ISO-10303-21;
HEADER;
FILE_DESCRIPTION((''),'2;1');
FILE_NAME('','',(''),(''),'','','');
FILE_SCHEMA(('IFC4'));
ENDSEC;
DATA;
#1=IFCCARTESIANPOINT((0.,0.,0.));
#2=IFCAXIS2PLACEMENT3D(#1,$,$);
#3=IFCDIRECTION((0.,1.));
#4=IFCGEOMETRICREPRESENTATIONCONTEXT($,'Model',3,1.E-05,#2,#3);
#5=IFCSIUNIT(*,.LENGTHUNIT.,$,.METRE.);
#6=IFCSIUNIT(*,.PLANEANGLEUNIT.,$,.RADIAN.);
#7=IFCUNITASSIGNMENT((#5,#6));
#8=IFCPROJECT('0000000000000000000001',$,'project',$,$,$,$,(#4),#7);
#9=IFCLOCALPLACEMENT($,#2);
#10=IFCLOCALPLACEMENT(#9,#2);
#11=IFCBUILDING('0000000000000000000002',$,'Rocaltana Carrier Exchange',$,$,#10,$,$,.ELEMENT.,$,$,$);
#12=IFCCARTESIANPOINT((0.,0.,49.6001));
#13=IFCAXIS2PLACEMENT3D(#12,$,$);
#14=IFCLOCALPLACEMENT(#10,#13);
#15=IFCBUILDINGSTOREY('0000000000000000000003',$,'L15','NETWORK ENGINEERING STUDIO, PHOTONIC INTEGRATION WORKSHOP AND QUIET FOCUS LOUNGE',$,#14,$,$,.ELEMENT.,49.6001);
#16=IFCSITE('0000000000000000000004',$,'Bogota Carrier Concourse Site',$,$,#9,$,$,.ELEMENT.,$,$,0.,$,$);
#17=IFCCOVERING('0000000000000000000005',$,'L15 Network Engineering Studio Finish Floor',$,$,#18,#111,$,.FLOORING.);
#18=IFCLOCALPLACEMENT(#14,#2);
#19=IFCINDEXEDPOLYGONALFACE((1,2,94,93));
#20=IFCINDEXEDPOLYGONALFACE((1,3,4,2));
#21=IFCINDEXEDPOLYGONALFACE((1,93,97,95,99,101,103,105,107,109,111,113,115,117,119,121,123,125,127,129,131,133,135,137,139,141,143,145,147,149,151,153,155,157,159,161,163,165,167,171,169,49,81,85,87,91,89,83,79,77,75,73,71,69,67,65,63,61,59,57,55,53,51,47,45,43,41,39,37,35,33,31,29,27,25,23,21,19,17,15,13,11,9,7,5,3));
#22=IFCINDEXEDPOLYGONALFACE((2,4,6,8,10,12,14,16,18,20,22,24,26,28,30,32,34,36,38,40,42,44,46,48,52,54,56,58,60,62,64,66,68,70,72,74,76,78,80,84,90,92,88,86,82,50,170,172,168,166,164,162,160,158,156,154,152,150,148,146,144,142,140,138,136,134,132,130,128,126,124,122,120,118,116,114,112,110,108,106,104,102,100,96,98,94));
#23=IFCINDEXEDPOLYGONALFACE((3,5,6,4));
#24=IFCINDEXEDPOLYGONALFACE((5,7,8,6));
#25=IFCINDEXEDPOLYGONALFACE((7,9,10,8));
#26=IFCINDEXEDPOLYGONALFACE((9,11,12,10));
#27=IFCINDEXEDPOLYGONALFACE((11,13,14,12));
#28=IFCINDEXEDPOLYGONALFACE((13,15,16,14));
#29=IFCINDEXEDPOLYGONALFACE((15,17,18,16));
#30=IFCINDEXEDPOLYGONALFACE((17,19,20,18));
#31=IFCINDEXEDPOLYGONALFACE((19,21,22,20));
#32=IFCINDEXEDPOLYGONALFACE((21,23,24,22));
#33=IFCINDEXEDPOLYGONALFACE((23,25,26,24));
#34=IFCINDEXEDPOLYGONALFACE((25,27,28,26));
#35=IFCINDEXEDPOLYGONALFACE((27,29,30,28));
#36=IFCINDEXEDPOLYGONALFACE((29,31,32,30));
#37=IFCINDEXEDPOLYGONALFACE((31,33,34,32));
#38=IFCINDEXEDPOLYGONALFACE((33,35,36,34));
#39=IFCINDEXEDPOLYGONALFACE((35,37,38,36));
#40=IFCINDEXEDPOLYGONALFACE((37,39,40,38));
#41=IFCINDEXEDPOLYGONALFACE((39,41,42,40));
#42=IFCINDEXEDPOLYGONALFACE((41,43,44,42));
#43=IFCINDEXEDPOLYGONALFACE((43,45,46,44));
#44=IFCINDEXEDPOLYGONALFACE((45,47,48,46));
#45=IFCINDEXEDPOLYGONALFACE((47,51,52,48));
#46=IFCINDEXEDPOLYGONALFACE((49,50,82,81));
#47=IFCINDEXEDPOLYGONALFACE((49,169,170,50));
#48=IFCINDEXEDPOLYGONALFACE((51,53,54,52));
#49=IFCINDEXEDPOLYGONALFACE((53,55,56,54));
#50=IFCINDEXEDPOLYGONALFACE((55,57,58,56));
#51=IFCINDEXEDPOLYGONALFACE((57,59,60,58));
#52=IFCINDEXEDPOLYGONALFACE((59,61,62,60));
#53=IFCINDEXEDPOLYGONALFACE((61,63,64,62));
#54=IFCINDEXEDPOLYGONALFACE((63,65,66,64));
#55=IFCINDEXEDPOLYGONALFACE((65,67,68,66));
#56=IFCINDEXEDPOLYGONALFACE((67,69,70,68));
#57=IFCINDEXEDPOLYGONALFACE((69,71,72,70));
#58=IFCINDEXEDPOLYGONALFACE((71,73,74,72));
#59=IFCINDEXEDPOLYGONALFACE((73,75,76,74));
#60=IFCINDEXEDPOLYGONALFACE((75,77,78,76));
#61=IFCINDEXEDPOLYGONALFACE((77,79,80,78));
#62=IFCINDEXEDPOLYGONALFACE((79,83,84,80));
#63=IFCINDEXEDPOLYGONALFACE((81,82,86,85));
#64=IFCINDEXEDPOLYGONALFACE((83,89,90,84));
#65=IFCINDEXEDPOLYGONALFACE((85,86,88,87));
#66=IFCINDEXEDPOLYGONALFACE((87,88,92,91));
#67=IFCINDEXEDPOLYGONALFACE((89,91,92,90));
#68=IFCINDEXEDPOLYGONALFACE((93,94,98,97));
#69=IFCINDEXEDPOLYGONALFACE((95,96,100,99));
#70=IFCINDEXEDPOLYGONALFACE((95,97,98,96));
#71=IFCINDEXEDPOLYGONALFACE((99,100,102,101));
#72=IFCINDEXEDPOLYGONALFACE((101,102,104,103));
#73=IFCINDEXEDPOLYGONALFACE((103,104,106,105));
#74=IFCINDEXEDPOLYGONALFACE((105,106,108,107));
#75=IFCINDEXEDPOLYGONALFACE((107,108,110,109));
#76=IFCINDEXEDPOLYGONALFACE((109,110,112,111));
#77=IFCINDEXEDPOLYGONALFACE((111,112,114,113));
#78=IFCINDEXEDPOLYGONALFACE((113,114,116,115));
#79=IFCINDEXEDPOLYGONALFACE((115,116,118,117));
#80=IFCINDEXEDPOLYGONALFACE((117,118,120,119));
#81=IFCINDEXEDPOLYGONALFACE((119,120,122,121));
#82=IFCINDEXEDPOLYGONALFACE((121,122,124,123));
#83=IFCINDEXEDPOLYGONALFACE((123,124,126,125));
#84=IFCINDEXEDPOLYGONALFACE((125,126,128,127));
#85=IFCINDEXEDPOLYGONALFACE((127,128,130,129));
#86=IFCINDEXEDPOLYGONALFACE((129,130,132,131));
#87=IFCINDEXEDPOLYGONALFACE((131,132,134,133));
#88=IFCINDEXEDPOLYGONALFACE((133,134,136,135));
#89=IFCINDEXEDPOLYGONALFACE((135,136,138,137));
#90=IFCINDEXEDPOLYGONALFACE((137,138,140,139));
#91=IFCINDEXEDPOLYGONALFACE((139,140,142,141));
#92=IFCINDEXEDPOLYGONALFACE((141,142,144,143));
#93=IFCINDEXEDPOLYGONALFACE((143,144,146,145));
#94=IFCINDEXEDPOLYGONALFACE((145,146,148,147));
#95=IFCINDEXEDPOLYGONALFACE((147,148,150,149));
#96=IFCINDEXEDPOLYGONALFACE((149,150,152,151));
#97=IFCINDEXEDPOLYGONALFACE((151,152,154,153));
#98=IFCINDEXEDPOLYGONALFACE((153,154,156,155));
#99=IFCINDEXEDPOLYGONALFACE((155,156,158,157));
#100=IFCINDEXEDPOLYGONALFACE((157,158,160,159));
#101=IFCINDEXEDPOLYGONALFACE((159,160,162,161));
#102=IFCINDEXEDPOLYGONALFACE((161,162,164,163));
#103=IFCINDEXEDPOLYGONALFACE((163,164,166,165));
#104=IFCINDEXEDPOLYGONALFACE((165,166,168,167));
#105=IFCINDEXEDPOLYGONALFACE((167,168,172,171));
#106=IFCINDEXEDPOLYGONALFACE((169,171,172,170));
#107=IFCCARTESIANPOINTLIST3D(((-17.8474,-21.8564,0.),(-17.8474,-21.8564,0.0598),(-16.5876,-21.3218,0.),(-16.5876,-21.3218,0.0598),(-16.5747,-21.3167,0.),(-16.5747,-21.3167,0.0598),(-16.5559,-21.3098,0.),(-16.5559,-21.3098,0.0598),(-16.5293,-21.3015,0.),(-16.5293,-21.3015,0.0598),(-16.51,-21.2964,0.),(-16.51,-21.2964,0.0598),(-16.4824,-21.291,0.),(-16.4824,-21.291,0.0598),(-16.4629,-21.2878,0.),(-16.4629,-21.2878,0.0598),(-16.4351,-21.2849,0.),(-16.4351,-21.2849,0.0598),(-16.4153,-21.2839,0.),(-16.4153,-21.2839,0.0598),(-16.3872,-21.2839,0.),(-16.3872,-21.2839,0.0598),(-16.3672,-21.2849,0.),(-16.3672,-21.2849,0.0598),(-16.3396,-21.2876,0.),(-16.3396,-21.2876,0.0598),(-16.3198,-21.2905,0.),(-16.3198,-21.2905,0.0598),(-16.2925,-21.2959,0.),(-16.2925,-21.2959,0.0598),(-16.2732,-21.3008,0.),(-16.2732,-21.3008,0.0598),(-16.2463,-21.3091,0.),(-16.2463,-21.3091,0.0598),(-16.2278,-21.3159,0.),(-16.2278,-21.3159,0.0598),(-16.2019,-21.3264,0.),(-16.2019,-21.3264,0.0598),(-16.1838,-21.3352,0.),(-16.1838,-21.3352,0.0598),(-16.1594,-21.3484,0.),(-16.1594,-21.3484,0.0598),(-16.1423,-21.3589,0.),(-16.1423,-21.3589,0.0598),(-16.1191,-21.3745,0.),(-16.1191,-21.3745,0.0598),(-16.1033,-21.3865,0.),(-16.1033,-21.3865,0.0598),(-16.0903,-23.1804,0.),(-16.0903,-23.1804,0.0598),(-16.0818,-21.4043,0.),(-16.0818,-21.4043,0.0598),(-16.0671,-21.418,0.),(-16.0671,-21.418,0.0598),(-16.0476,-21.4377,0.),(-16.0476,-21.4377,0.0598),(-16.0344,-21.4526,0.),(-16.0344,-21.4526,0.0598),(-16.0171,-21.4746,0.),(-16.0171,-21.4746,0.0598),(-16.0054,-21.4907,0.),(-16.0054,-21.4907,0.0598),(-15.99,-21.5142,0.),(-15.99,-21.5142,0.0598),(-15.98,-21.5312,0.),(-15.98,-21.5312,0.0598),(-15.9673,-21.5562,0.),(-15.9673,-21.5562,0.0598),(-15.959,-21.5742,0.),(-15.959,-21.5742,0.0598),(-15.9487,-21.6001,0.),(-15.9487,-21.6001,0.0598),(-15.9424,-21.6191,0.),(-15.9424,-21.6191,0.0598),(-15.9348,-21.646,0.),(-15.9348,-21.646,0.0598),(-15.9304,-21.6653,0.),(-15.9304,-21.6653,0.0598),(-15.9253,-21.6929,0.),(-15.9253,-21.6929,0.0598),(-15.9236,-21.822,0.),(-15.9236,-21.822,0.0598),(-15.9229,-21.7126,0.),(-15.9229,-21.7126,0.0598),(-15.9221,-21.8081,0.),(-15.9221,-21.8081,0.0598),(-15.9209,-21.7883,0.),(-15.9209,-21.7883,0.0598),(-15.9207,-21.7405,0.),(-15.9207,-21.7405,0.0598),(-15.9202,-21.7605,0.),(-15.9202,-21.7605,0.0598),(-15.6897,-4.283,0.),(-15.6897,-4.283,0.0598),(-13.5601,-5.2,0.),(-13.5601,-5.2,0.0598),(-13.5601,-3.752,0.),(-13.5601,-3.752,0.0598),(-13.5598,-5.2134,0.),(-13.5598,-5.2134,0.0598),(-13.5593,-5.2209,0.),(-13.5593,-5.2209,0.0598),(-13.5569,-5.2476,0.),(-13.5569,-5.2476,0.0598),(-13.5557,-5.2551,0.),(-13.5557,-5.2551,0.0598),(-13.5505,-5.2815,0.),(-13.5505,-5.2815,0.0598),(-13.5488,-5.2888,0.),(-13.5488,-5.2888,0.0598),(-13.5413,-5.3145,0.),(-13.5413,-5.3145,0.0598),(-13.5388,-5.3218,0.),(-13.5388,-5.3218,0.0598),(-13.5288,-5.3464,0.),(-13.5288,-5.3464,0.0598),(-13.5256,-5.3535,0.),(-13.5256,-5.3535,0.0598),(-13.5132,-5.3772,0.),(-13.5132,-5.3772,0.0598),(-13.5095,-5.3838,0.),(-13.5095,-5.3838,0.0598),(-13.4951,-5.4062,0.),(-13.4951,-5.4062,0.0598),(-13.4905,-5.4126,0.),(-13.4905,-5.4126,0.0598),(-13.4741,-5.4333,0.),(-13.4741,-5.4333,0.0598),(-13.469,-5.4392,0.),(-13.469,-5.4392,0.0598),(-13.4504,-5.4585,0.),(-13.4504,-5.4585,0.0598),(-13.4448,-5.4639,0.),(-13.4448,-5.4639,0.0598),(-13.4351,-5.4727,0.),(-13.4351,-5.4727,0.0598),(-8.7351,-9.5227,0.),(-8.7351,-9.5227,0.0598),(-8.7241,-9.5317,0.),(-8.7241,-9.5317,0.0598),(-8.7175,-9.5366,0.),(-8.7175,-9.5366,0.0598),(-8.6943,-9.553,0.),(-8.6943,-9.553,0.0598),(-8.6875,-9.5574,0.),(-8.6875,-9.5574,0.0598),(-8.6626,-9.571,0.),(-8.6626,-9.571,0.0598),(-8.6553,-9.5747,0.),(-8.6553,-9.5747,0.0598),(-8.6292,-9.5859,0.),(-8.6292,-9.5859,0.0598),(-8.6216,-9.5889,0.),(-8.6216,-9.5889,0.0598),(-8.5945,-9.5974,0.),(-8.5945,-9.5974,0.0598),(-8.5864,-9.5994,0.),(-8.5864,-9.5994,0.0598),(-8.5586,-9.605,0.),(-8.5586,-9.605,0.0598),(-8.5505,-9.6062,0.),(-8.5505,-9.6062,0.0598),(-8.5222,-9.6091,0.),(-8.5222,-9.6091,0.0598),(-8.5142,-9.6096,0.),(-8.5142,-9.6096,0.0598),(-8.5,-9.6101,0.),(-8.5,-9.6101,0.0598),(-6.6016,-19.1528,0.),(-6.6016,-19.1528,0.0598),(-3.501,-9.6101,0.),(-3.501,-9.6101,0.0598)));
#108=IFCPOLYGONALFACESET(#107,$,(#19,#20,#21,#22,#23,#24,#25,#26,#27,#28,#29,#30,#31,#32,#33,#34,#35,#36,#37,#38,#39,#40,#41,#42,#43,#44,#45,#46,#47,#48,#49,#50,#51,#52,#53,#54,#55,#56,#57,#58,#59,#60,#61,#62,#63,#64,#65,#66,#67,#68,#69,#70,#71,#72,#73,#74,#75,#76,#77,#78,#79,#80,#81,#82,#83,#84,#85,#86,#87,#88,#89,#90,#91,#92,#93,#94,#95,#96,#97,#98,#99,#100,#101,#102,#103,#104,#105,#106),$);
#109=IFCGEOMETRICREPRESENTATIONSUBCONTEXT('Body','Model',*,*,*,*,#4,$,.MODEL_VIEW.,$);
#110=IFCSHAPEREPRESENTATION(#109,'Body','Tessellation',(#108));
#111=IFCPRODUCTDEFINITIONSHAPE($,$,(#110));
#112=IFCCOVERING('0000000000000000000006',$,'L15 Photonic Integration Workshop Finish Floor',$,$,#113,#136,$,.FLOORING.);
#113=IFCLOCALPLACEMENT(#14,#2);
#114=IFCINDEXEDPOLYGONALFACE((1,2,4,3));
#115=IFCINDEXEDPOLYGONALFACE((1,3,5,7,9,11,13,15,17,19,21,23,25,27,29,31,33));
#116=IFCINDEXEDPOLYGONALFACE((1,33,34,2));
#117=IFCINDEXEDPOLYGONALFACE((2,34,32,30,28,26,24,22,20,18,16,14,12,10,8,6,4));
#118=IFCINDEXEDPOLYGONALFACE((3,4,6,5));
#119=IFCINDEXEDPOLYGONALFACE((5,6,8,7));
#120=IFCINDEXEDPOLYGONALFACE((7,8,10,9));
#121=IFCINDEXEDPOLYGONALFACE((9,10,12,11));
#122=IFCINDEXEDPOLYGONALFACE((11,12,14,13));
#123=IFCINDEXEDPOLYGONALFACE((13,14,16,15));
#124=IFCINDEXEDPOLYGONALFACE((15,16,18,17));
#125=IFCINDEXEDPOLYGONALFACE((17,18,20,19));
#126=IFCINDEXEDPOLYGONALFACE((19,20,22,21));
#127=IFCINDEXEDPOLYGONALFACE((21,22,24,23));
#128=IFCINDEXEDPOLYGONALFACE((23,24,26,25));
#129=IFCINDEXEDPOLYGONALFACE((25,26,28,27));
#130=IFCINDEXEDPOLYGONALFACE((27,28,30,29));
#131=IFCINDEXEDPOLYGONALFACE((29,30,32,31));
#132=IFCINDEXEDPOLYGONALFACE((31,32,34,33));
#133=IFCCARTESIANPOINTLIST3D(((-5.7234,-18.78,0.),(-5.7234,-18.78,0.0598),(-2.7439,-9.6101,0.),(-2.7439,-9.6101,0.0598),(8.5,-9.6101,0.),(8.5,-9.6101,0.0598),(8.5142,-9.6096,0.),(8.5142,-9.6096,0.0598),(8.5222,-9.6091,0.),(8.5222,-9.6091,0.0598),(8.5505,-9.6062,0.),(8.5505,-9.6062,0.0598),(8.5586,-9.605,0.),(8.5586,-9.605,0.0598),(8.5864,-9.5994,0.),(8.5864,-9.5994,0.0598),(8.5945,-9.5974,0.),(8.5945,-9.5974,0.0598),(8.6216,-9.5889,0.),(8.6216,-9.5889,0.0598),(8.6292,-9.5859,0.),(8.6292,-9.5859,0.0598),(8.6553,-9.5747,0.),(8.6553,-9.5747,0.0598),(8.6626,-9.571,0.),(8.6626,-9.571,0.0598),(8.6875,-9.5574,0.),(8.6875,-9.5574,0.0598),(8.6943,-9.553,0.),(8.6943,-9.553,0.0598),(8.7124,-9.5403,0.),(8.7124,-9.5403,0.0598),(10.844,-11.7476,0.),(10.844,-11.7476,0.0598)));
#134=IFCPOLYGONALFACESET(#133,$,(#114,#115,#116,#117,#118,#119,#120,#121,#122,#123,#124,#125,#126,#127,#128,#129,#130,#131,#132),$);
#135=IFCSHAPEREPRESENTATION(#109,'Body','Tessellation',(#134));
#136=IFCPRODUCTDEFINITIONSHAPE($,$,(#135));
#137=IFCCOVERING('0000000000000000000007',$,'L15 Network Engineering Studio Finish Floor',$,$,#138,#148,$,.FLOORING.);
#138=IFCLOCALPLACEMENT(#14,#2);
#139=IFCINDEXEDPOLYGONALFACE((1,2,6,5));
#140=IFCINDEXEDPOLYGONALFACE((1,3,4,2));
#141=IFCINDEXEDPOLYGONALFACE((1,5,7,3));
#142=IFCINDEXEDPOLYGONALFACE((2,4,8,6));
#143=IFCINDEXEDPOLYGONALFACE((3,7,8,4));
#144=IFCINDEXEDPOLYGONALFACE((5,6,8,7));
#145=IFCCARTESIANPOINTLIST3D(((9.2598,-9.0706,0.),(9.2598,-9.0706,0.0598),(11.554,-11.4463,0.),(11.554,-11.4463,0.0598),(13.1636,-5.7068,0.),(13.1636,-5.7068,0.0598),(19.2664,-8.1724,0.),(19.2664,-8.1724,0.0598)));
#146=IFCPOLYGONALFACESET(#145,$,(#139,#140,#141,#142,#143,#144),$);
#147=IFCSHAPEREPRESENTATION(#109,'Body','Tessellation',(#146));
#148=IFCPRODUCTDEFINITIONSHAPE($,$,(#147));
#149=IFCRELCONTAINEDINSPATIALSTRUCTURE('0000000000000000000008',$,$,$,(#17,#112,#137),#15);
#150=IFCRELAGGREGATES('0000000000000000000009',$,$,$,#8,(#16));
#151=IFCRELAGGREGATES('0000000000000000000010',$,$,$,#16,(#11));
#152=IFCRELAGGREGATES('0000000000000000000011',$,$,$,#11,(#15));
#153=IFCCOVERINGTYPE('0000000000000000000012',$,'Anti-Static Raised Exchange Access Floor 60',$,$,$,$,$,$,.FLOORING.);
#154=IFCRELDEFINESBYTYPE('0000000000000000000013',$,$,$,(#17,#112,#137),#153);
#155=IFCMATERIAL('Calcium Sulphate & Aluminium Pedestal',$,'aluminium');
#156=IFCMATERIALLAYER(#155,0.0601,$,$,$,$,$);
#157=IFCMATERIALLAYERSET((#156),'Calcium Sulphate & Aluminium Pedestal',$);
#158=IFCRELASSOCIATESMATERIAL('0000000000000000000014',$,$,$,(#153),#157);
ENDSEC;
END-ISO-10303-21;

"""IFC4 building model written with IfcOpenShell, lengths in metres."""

from ifc_helpers import new_model, si_unit, direction, frame, origin, place, context, subcontext, project, spatial, polyline, outline, extrude, material, layer, layer_set, type_object, element, save


model = new_model("IFC4")

# Units and contexts
model_context = context("Model", 3, precision=1e-05, world=origin(), true_north=direction((0.0, 1.0)))
body_context = subcontext(model_context, "Body", "Model", "MODEL_VIEW")
ifc_project = project(units=[si_unit("LENGTHUNIT", "METRE"), si_unit("PLANEANGLEUNIT", "RADIAN")], contexts=[model_context])

# Site, building, storey
site_placement = place(None, origin())
site = spatial("IfcSite", under=ifc_project, at=site_placement, Name="Bogota Carrier Concourse Site", CompositionType="ELEMENT", RefElevation=0.0)
building_placement = place(site_placement, origin())
building = spatial("IfcBuilding", under=site, at=building_placement, Name="Rocaltana Carrier Exchange", CompositionType="ELEMENT")
storey_placement = place(building_placement, frame((0.0, 0.0, 49.6001)))
storey = spatial("IfcBuildingStorey", under=building, at=storey_placement, Name="L15", Description="NETWORK ENGINEERING STUDIO, PHOTONIC INTEGRATION WORKSHOP AND QUIET FOCUS LOUNGE", CompositionType="ELEMENT", Elevation=49.6001)

# Coverings
ifc_material_1 = material(Name="Calcium Sulphate & Aluminium Pedestal", Category="aluminium")
ifc_layer_1 = layer(ifc_material_1, 0.0601)
ifc_layer_set_1 = layer_set([ifc_layer_1], Name="Calcium Sulphate & Aluminium Pedestal")
covering_type_1 = type_object("IfcCoveringType", Name="Anti-Static Raised Exchange Access Floor 60", PredefinedType="FLOORING", material=ifc_layer_set_1)
covering_1_placement = place(storey_placement, origin())
element("IfcCovering", 1, at=covering_1_placement, inside=storey, type_object=covering_type_1, Name="L15 Network Engineering Studio Finish Floor", PredefinedType="FLOORING", context=body_context, shape_type="SweptSolid", body=[
    extrude(outline(polyline([(-15.9236, -21.822), (-15.9221, -21.8081), (-15.9209, -21.7883), (-15.9202, -21.7605), (-15.9207, -21.7405), (-15.9229, -21.7126), (-15.9253, -21.6929), (-15.9304, -21.6653), (-15.9348, -21.646), (-15.9424, -21.6191), (-15.9487, -21.6001), (-15.959, -21.5742), (-15.9673, -21.5562), (-15.98, -21.5312), (-15.99, -21.5142), (-16.0054, -21.4907), (-16.0171, -21.4746), (-16.0344, -21.4526), (-16.0476, -21.4377), (-16.0671, -21.418), (-16.0818, -21.4043), (-16.1033, -21.3865), (-16.1191, -21.3745), (-16.1423, -21.3589), (-16.1594, -21.3484), (-16.1838, -21.3352), (-16.2019, -21.3264), (-16.2278, -21.3159), (-16.2463, -21.3091), (-16.2732, -21.3008), (-16.2925, -21.2959), (-16.3198, -21.2905), (-16.3396, -21.2876), (-16.3672, -21.2849), (-16.3872, -21.2839), (-16.4153, -21.2839), (-16.4351, -21.2849), (-16.4629, -21.2878), (-16.4824, -21.291), (-16.51, -21.2964), (-16.5293, -21.3015), (-16.5559, -21.3098), (-16.5747, -21.3167), (-16.5876, -21.3218), (-17.8474, -21.8564), (-15.6897, -4.283), (-13.5601, -3.752), (-13.5601, -5.2), (-13.5598, -5.2134), (-13.5593, -5.2209), (-13.5569, -5.2476), (-13.5557, -5.2551), (-13.5505, -5.2815), (-13.5488, -5.2888), (-13.5413, -5.3145), (-13.5388, -5.3218), (-13.5288, -5.3464), (-13.5256, -5.3535), (-13.5132, -5.3772), (-13.5095, -5.3838), (-13.4951, -5.4062), (-13.4905, -5.4126), (-13.4741, -5.4333), (-13.469, -5.4392), (-13.4504, -5.4585), (-13.4448, -5.4639), (-13.4351, -5.4727), (-8.7351, -9.5227), (-8.7241, -9.5317), (-8.7175, -9.5366), (-8.6943, -9.553), (-8.6875, -9.5574), (-8.6626, -9.571), (-8.6553, -9.5747), (-8.6292, -9.5859), (-8.6216, -9.5889), (-8.5945, -9.5974), (-8.5864, -9.5994), (-8.5586, -9.605), (-8.5505, -9.6062), (-8.5222, -9.6091), (-8.5142, -9.6096), (-8.5, -9.6101), (-3.501, -9.6101), (-6.6016, -19.1528), (-16.0903, -23.1804), (-15.9236, -21.822)])), origin(), (0.0, 0.0, 1.0), 0.0598),
])
covering_2_placement = place(storey_placement, origin())
element("IfcCovering", 2, at=covering_2_placement, inside=storey, type_object=covering_type_1, Name="L15 Photonic Integration Workshop Finish Floor", PredefinedType="FLOORING", context=body_context, shape_type="SweptSolid", body=[
    extrude(outline(polyline([(-5.7234, -18.78), (-2.7439, -9.6101), (8.5, -9.6101), (8.5142, -9.6096), (8.5222, -9.6091), (8.5505, -9.6062), (8.5586, -9.605), (8.5864, -9.5994), (8.5945, -9.5974), (8.6216, -9.5889), (8.6292, -9.5859), (8.6553, -9.5747), (8.6626, -9.571), (8.6875, -9.5574), (8.6943, -9.553), (8.7124, -9.5403), (10.844, -11.7476), (-5.7234, -18.78)])), origin(), (0.0, 0.0, 1.0), 0.0598),
])
covering_3_placement = place(storey_placement, origin())
element("IfcCovering", 3, at=covering_3_placement, inside=storey, type_object=covering_type_1, Name="L15 Network Engineering Studio Finish Floor", PredefinedType="FLOORING", context=body_context, shape_type="SweptSolid", body=[
    extrude(outline(polyline([(11.554, -11.4463), (9.2598, -9.0706), (13.1636, -5.7068), (19.2664, -8.1724), (11.554, -11.4463)])), origin(), (0.0, 0.0, 1.0), 0.0598),
])

save(model, "model.ifc")
